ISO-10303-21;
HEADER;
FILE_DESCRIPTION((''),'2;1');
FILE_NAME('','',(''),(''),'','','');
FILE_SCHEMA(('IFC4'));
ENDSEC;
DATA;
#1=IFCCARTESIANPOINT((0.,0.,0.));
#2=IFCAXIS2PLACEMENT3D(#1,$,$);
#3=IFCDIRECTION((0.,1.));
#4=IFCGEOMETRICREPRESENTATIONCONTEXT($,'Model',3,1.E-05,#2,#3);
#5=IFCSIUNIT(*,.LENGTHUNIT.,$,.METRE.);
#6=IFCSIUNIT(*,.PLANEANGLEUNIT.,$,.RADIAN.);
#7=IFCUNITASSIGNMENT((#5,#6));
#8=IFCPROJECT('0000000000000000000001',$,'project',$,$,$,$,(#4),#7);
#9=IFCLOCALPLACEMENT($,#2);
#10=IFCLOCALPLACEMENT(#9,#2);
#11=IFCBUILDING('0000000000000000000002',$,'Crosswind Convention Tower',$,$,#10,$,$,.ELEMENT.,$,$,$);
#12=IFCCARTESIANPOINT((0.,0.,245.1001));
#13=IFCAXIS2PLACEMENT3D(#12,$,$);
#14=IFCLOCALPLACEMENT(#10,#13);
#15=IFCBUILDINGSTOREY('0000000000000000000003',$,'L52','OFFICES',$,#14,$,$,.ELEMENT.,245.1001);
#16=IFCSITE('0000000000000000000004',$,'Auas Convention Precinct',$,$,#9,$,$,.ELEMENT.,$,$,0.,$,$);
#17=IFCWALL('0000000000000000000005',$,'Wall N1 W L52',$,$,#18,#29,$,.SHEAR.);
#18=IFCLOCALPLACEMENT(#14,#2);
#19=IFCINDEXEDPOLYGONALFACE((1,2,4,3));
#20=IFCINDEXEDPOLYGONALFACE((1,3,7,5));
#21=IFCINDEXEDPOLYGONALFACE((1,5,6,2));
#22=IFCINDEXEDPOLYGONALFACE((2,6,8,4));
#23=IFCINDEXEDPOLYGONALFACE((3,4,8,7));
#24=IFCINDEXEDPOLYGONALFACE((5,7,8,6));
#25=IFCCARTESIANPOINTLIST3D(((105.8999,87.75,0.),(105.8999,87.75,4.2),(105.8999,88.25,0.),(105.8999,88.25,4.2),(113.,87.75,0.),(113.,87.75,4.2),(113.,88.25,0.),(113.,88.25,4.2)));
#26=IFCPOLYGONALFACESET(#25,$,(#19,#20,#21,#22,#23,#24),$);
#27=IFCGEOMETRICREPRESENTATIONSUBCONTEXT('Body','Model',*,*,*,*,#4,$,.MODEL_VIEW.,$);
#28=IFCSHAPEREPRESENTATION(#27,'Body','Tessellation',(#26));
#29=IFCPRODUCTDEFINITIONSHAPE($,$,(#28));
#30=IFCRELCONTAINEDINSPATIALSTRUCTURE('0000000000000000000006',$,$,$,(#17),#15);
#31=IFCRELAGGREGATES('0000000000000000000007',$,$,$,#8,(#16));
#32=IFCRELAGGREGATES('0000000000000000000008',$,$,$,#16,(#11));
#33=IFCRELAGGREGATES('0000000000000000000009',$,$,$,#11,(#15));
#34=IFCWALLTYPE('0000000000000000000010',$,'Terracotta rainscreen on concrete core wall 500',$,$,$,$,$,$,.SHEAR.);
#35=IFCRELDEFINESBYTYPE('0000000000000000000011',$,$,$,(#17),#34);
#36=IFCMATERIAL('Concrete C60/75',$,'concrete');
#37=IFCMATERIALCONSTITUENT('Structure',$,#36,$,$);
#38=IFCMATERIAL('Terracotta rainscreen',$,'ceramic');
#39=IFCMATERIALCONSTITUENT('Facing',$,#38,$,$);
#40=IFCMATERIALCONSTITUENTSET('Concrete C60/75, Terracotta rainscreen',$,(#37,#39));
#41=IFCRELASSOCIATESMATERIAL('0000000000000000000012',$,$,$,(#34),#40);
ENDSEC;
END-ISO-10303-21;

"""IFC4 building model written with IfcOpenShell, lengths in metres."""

from ifc_helpers import new_model, si_unit, direction, frame, frame_2d, origin, place, context, subcontext, project, spatial, rectangle, extrude, material, constituent, constituent_set, type_object, element, save


model = new_model("IFC4")

# Units and contexts
model_context = context("Model", 3, precision=1e-05, world=origin(), true_north=direction((0.0, 1.0)))
body_context = subcontext(model_context, "Body", "Model", "MODEL_VIEW")
ifc_project = project(units=[si_unit("LENGTHUNIT", "METRE"), si_unit("PLANEANGLEUNIT", "RADIAN")], contexts=[model_context])

# Site, building, storey
site_placement = place(None, origin())
site = spatial("IfcSite", under=ifc_project, at=site_placement, Name="Auas Convention Precinct", CompositionType="ELEMENT", RefElevation=0.0)
building_placement = place(site_placement, origin())
building = spatial("IfcBuilding", under=site, at=building_placement, Name="Crosswind Convention Tower", CompositionType="ELEMENT")
storey_placement = place(building_placement, frame((0.0, 0.0, 245.1001)))
storey = spatial("IfcBuildingStorey", under=building, at=storey_placement, Name="L52", Description="OFFICES", CompositionType="ELEMENT", Elevation=245.1001)

# Shared definitions
ifc_material_1 = material(Name="Concrete C60/75", Category="concrete")

# Wall
ifc_constituent_1 = constituent(ifc_material_1, Name="Structure")
ifc_material_2 = material(Name="Terracotta rainscreen", Category="ceramic")
ifc_constituent_2 = constituent(ifc_material_2, Name="Facing")
ifc_constituent_set = constituent_set(constituents=[ifc_constituent_1, ifc_constituent_2], Name="Concrete C60/75, Terracotta rainscreen")
wall_type_1 = type_object("IfcWallType", Name="Terracotta rainscreen on concrete core wall 500", PredefinedType="SHEAR", material=ifc_constituent_set)
wall_1_placement = place(storey_placement, frame((113.0, 88.0, 0.0), z_axis=(0.0, 0.0, 1.0), x_axis=(-1.0, 0.0, 0.0)))
element("IfcWall", 1, at=wall_1_placement, inside=storey, type_object=wall_type_1, Name="Wall N1 W L52", PredefinedType="SHEAR", context=body_context, shape_type="SweptSolid", body=[
    extrude(rectangle(XDim=7.1001, YDim=0.5, at=frame_2d((3.55, 0.0))), origin(), (0.0, 0.0, 1.0), 4.2),
])

save(model, "model.ifc")
